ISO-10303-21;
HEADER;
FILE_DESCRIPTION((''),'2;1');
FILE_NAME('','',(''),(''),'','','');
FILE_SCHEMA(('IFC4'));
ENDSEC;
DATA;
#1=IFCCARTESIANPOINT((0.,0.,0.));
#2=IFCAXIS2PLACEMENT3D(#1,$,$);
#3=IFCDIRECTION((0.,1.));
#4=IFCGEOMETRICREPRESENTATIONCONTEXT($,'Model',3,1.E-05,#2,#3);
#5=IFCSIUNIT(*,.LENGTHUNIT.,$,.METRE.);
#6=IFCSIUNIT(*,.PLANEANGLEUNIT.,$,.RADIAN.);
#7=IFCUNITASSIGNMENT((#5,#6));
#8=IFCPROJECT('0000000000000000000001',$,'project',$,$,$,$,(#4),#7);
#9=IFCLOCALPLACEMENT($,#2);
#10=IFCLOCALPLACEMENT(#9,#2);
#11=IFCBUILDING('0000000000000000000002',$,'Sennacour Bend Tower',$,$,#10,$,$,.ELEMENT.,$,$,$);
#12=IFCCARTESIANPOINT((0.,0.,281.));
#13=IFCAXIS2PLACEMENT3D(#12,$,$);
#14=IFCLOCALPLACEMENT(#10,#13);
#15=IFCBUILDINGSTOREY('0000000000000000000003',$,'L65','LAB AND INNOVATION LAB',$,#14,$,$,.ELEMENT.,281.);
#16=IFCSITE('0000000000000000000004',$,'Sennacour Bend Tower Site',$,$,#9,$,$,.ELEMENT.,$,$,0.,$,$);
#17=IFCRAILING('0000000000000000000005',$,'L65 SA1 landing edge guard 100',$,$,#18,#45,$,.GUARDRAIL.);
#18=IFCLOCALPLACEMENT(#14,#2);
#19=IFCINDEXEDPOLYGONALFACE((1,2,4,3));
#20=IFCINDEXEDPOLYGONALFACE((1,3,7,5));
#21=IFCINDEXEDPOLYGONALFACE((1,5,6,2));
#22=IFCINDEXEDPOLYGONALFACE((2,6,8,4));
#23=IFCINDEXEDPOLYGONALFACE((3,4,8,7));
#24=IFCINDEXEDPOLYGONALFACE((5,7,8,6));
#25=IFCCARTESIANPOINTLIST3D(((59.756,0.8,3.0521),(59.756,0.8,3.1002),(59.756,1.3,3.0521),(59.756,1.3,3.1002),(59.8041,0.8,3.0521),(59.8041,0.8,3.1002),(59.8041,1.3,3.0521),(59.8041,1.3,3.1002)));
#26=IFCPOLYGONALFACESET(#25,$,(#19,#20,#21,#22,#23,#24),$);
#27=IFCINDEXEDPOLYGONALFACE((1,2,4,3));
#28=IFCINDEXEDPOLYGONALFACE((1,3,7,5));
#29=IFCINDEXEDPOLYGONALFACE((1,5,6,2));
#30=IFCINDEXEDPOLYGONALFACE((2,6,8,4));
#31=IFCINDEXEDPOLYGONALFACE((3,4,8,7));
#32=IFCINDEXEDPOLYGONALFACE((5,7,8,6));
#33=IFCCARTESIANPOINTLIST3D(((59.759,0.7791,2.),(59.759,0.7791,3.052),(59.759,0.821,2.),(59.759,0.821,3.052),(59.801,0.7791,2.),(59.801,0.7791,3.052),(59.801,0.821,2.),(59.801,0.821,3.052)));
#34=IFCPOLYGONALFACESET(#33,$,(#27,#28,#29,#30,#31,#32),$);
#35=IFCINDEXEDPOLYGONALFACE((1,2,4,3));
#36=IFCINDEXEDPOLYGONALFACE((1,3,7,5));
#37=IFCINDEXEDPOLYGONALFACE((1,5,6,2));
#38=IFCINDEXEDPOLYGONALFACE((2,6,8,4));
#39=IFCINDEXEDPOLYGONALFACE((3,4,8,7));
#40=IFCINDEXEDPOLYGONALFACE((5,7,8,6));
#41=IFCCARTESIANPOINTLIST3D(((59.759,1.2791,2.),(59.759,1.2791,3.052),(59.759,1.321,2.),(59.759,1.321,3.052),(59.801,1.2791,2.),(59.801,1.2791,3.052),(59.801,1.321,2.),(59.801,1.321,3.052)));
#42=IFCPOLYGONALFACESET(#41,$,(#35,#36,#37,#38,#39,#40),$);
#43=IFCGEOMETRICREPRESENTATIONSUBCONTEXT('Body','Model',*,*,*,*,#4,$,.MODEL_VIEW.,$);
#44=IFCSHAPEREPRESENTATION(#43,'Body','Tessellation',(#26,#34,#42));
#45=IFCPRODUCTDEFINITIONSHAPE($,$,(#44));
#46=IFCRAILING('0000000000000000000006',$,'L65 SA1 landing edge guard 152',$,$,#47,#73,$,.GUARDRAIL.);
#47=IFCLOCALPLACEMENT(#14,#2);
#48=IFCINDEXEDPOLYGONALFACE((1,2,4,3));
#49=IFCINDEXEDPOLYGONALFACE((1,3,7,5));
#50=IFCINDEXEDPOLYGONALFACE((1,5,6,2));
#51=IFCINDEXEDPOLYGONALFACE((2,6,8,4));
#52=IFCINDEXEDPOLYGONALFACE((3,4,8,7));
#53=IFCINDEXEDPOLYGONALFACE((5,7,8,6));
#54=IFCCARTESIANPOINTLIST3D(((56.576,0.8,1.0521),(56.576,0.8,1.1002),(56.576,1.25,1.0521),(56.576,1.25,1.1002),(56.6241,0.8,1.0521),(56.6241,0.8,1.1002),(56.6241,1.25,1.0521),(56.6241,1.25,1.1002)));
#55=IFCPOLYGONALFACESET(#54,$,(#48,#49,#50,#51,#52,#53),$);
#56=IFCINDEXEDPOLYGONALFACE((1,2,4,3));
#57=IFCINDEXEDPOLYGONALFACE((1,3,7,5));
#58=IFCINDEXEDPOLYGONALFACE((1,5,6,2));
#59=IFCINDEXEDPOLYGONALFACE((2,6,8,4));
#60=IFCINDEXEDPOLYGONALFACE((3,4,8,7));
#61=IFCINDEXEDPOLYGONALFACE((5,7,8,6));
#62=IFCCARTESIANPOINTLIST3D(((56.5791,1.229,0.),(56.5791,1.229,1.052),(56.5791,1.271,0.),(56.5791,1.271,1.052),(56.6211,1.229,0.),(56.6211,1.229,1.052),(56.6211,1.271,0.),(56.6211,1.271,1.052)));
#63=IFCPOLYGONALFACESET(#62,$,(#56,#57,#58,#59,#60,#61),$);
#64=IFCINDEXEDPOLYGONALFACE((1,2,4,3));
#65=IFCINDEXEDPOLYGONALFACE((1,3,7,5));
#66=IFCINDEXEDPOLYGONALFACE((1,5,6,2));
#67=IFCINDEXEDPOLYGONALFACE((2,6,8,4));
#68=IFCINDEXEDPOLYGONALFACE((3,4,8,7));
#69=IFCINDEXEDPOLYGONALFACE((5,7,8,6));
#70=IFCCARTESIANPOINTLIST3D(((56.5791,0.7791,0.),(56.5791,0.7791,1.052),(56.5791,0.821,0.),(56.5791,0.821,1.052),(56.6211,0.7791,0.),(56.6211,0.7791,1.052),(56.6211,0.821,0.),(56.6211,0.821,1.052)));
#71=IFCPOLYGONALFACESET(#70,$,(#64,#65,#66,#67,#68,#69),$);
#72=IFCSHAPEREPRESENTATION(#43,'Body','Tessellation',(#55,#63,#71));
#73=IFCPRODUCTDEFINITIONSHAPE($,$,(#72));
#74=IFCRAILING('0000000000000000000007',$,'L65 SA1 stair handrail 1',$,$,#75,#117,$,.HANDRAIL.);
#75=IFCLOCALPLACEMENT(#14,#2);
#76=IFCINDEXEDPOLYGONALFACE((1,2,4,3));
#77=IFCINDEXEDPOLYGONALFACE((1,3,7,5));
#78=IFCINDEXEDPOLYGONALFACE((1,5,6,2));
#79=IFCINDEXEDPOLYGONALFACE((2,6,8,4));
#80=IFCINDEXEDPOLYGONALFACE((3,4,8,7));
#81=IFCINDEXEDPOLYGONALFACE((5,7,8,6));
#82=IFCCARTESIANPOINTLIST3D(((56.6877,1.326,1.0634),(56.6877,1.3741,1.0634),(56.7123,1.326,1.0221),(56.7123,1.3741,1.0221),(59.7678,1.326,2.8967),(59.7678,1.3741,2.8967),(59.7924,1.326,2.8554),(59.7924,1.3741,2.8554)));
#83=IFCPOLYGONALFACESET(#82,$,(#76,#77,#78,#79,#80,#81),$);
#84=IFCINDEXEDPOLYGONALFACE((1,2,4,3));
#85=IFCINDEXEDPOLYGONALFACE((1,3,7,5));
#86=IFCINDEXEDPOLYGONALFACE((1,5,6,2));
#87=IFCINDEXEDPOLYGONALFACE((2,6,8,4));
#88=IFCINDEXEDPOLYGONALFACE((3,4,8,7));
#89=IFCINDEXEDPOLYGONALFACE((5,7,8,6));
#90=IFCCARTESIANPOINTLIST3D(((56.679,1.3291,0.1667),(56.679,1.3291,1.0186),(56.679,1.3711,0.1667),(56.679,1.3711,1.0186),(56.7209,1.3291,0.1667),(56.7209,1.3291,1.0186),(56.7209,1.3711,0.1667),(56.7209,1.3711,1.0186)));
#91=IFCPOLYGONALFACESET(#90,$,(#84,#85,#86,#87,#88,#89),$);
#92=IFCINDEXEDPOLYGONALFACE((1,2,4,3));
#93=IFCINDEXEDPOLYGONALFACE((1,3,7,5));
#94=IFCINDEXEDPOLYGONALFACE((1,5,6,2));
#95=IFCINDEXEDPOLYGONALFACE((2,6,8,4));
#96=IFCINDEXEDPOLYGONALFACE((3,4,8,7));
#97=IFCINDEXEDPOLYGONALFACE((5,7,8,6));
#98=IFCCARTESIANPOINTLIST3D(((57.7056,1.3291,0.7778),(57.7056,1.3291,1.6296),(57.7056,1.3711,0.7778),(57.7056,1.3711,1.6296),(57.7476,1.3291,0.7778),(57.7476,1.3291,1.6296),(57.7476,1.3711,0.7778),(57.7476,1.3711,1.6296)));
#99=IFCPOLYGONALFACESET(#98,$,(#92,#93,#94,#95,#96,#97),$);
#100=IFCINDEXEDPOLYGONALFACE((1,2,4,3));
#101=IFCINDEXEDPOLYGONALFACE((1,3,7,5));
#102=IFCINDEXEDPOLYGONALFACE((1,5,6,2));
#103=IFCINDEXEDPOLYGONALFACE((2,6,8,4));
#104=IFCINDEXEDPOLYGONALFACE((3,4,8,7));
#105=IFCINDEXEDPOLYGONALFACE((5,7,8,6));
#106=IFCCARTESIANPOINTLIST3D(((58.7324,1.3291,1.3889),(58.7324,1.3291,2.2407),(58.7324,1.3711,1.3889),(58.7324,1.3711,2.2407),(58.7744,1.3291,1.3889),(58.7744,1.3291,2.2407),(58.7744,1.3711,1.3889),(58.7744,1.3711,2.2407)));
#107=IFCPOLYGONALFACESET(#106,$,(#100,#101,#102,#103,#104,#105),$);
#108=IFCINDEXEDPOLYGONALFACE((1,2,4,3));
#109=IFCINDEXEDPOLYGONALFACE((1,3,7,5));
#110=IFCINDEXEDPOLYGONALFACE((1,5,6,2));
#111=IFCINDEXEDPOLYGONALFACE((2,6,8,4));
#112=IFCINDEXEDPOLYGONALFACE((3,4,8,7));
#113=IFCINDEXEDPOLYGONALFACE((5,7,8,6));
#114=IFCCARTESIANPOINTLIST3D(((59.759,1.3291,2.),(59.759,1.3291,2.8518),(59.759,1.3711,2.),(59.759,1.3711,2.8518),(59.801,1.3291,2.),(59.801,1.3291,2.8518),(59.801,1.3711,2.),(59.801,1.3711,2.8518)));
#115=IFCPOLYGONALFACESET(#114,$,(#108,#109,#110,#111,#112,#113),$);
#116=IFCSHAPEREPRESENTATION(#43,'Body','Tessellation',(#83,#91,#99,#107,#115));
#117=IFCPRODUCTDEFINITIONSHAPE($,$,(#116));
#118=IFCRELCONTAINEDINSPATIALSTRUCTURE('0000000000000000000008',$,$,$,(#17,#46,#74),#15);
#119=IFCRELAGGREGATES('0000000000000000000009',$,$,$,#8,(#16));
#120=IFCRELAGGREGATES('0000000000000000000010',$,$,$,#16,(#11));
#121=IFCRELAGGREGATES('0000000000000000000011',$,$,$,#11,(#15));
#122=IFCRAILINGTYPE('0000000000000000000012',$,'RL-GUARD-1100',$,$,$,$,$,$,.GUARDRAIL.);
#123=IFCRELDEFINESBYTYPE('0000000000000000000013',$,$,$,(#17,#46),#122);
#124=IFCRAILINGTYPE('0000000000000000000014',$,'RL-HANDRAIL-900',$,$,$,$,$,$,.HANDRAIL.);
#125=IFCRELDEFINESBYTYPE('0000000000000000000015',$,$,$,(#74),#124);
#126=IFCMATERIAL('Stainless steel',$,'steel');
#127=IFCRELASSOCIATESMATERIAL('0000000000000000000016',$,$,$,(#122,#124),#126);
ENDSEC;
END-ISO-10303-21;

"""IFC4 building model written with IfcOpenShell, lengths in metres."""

from ifc_helpers import new_model, si_unit, direction, frame, origin, origin_2d, place, context, subcontext, project, spatial, rectangle, extrude, material, type_object, element, save


model = new_model("IFC4")

# Units and contexts
model_context = context("Model", 3, precision=1e-05, world=origin(), true_north=direction((0.0, 1.0)))
body_context = subcontext(model_context, "Body", "Model", "MODEL_VIEW")
ifc_project = project(units=[si_unit("LENGTHUNIT", "METRE"), si_unit("PLANEANGLEUNIT", "RADIAN")], contexts=[model_context])

# Site, building, storey
site_placement = place(None, origin())
site = spatial("IfcSite", under=ifc_project, at=site_placement, Name="Sennacour Bend Tower Site", CompositionType="ELEMENT", RefElevation=0.0)
building_placement = place(site_placement, origin())
building = spatial("IfcBuilding", under=site, at=building_placement, Name="Sennacour Bend Tower", CompositionType="ELEMENT")
storey_placement = place(building_placement, frame((0.0, 0.0, 281.0)))
storey = spatial("IfcBuildingStorey", under=building, at=storey_placement, Name="L65", Description="LAB AND INNOVATION LAB", CompositionType="ELEMENT", Elevation=281.0)

# Shared definitions
ifc_material_1 = material(Name="Stainless steel", Category="steel")

# Railings
railing_type_1 = type_object("IfcRailingType", Name="RL-GUARD-1100", PredefinedType="GUARDRAIL", material=ifc_material_1)
railing_1_placement = place(storey_placement, frame((59.78, 0.8, 2.0)))
element("IfcRailing", 1, at=railing_1_placement, inside=storey, type_object=railing_type_1, Name="L65 SA1 landing edge guard 100", PredefinedType="GUARDRAIL", context=body_context, shape_type="SweptSolid", body=[
    extrude(rectangle(XDim=0.0481, YDim=0.0481, at=origin_2d()), frame((0.0, 0.0, 1.0762), z_axis=(0.0, 1.0, 0.0), x_axis=(-1.0, 0.0, 0.0)), (0.0, 0.0, 1.0), 0.5),
    extrude(rectangle(XDim=0.042, YDim=0.042, at=origin_2d()), origin(), (0.0, 0.0, 1.0), 1.052),
    extrude(rectangle(XDim=0.042, YDim=0.042, at=origin_2d()), frame((0.0, 0.5, 0.0)), (0.0, 0.0, 1.0), 1.052),
])
railing_2_placement = place(storey_placement, frame((56.6001, 1.25, 0.0)))
element("IfcRailing", 2, at=railing_2_placement, inside=storey, type_object=railing_type_1, Name="L65 SA1 landing edge guard 152", PredefinedType="GUARDRAIL", context=body_context, shape_type="SweptSolid", body=[
    extrude(rectangle(XDim=0.0481, YDim=0.0481, at=origin_2d()), frame((0.0, 0.0, 1.0762), z_axis=(0.0, -1.0, 0.0), x_axis=(1.0, 0.0, 0.0)), (0.0, 0.0, 1.0), 0.45),
    extrude(rectangle(XDim=0.042, YDim=0.042, at=origin_2d()), origin(), (0.0, 0.0, 1.0), 1.052),
    extrude(rectangle(XDim=0.042, YDim=0.042, at=origin_2d()), frame((0.0, -0.45, 0.0)), (0.0, 0.0, 1.0), 1.052),
])
railing_type_2 = type_object("IfcRailingType", Name="RL-HANDRAIL-900", PredefinedType="HANDRAIL", material=ifc_material_1)
railing_3_placement = place(storey_placement, frame((56.7, 1.3501, 0.1667)))
element("IfcRailing", 3, at=railing_3_placement, inside=storey, type_object=railing_type_2, Name="L65 SA1 stair handrail 1", PredefinedType="HANDRAIL", context=body_context, shape_type="SweptSolid", body=[
    extrude(rectangle(XDim=0.0481, YDim=0.0481, at=origin_2d()), frame((0.0, 0.0, 0.876), z_axis=(0.859309, 0.0, 0.511458), x_axis=(0.0, 1.0, 0.0)), (0.0, 0.0, 1.0), 3.5845),
    extrude(rectangle(XDim=0.042, YDim=0.042, at=origin_2d()), origin(), (0.0, 0.0, 1.0), 0.8518),
    extrude(rectangle(XDim=0.042, YDim=0.042, at=origin_2d()), frame((1.0266, 0.0, 0.6111)), (0.0, 0.0, 1.0), 0.8518),
    extrude(rectangle(XDim=0.042, YDim=0.042, at=origin_2d()), frame((2.0535, 0.0, 1.2222)), (0.0, 0.0, 1.0), 0.8518),
    extrude(rectangle(XDim=0.042, YDim=0.042, at=origin_2d()), frame((3.0801, 0.0, 1.8333)), (0.0, 0.0, 1.0), 0.8518),
])

save(model, "model.ifc")
